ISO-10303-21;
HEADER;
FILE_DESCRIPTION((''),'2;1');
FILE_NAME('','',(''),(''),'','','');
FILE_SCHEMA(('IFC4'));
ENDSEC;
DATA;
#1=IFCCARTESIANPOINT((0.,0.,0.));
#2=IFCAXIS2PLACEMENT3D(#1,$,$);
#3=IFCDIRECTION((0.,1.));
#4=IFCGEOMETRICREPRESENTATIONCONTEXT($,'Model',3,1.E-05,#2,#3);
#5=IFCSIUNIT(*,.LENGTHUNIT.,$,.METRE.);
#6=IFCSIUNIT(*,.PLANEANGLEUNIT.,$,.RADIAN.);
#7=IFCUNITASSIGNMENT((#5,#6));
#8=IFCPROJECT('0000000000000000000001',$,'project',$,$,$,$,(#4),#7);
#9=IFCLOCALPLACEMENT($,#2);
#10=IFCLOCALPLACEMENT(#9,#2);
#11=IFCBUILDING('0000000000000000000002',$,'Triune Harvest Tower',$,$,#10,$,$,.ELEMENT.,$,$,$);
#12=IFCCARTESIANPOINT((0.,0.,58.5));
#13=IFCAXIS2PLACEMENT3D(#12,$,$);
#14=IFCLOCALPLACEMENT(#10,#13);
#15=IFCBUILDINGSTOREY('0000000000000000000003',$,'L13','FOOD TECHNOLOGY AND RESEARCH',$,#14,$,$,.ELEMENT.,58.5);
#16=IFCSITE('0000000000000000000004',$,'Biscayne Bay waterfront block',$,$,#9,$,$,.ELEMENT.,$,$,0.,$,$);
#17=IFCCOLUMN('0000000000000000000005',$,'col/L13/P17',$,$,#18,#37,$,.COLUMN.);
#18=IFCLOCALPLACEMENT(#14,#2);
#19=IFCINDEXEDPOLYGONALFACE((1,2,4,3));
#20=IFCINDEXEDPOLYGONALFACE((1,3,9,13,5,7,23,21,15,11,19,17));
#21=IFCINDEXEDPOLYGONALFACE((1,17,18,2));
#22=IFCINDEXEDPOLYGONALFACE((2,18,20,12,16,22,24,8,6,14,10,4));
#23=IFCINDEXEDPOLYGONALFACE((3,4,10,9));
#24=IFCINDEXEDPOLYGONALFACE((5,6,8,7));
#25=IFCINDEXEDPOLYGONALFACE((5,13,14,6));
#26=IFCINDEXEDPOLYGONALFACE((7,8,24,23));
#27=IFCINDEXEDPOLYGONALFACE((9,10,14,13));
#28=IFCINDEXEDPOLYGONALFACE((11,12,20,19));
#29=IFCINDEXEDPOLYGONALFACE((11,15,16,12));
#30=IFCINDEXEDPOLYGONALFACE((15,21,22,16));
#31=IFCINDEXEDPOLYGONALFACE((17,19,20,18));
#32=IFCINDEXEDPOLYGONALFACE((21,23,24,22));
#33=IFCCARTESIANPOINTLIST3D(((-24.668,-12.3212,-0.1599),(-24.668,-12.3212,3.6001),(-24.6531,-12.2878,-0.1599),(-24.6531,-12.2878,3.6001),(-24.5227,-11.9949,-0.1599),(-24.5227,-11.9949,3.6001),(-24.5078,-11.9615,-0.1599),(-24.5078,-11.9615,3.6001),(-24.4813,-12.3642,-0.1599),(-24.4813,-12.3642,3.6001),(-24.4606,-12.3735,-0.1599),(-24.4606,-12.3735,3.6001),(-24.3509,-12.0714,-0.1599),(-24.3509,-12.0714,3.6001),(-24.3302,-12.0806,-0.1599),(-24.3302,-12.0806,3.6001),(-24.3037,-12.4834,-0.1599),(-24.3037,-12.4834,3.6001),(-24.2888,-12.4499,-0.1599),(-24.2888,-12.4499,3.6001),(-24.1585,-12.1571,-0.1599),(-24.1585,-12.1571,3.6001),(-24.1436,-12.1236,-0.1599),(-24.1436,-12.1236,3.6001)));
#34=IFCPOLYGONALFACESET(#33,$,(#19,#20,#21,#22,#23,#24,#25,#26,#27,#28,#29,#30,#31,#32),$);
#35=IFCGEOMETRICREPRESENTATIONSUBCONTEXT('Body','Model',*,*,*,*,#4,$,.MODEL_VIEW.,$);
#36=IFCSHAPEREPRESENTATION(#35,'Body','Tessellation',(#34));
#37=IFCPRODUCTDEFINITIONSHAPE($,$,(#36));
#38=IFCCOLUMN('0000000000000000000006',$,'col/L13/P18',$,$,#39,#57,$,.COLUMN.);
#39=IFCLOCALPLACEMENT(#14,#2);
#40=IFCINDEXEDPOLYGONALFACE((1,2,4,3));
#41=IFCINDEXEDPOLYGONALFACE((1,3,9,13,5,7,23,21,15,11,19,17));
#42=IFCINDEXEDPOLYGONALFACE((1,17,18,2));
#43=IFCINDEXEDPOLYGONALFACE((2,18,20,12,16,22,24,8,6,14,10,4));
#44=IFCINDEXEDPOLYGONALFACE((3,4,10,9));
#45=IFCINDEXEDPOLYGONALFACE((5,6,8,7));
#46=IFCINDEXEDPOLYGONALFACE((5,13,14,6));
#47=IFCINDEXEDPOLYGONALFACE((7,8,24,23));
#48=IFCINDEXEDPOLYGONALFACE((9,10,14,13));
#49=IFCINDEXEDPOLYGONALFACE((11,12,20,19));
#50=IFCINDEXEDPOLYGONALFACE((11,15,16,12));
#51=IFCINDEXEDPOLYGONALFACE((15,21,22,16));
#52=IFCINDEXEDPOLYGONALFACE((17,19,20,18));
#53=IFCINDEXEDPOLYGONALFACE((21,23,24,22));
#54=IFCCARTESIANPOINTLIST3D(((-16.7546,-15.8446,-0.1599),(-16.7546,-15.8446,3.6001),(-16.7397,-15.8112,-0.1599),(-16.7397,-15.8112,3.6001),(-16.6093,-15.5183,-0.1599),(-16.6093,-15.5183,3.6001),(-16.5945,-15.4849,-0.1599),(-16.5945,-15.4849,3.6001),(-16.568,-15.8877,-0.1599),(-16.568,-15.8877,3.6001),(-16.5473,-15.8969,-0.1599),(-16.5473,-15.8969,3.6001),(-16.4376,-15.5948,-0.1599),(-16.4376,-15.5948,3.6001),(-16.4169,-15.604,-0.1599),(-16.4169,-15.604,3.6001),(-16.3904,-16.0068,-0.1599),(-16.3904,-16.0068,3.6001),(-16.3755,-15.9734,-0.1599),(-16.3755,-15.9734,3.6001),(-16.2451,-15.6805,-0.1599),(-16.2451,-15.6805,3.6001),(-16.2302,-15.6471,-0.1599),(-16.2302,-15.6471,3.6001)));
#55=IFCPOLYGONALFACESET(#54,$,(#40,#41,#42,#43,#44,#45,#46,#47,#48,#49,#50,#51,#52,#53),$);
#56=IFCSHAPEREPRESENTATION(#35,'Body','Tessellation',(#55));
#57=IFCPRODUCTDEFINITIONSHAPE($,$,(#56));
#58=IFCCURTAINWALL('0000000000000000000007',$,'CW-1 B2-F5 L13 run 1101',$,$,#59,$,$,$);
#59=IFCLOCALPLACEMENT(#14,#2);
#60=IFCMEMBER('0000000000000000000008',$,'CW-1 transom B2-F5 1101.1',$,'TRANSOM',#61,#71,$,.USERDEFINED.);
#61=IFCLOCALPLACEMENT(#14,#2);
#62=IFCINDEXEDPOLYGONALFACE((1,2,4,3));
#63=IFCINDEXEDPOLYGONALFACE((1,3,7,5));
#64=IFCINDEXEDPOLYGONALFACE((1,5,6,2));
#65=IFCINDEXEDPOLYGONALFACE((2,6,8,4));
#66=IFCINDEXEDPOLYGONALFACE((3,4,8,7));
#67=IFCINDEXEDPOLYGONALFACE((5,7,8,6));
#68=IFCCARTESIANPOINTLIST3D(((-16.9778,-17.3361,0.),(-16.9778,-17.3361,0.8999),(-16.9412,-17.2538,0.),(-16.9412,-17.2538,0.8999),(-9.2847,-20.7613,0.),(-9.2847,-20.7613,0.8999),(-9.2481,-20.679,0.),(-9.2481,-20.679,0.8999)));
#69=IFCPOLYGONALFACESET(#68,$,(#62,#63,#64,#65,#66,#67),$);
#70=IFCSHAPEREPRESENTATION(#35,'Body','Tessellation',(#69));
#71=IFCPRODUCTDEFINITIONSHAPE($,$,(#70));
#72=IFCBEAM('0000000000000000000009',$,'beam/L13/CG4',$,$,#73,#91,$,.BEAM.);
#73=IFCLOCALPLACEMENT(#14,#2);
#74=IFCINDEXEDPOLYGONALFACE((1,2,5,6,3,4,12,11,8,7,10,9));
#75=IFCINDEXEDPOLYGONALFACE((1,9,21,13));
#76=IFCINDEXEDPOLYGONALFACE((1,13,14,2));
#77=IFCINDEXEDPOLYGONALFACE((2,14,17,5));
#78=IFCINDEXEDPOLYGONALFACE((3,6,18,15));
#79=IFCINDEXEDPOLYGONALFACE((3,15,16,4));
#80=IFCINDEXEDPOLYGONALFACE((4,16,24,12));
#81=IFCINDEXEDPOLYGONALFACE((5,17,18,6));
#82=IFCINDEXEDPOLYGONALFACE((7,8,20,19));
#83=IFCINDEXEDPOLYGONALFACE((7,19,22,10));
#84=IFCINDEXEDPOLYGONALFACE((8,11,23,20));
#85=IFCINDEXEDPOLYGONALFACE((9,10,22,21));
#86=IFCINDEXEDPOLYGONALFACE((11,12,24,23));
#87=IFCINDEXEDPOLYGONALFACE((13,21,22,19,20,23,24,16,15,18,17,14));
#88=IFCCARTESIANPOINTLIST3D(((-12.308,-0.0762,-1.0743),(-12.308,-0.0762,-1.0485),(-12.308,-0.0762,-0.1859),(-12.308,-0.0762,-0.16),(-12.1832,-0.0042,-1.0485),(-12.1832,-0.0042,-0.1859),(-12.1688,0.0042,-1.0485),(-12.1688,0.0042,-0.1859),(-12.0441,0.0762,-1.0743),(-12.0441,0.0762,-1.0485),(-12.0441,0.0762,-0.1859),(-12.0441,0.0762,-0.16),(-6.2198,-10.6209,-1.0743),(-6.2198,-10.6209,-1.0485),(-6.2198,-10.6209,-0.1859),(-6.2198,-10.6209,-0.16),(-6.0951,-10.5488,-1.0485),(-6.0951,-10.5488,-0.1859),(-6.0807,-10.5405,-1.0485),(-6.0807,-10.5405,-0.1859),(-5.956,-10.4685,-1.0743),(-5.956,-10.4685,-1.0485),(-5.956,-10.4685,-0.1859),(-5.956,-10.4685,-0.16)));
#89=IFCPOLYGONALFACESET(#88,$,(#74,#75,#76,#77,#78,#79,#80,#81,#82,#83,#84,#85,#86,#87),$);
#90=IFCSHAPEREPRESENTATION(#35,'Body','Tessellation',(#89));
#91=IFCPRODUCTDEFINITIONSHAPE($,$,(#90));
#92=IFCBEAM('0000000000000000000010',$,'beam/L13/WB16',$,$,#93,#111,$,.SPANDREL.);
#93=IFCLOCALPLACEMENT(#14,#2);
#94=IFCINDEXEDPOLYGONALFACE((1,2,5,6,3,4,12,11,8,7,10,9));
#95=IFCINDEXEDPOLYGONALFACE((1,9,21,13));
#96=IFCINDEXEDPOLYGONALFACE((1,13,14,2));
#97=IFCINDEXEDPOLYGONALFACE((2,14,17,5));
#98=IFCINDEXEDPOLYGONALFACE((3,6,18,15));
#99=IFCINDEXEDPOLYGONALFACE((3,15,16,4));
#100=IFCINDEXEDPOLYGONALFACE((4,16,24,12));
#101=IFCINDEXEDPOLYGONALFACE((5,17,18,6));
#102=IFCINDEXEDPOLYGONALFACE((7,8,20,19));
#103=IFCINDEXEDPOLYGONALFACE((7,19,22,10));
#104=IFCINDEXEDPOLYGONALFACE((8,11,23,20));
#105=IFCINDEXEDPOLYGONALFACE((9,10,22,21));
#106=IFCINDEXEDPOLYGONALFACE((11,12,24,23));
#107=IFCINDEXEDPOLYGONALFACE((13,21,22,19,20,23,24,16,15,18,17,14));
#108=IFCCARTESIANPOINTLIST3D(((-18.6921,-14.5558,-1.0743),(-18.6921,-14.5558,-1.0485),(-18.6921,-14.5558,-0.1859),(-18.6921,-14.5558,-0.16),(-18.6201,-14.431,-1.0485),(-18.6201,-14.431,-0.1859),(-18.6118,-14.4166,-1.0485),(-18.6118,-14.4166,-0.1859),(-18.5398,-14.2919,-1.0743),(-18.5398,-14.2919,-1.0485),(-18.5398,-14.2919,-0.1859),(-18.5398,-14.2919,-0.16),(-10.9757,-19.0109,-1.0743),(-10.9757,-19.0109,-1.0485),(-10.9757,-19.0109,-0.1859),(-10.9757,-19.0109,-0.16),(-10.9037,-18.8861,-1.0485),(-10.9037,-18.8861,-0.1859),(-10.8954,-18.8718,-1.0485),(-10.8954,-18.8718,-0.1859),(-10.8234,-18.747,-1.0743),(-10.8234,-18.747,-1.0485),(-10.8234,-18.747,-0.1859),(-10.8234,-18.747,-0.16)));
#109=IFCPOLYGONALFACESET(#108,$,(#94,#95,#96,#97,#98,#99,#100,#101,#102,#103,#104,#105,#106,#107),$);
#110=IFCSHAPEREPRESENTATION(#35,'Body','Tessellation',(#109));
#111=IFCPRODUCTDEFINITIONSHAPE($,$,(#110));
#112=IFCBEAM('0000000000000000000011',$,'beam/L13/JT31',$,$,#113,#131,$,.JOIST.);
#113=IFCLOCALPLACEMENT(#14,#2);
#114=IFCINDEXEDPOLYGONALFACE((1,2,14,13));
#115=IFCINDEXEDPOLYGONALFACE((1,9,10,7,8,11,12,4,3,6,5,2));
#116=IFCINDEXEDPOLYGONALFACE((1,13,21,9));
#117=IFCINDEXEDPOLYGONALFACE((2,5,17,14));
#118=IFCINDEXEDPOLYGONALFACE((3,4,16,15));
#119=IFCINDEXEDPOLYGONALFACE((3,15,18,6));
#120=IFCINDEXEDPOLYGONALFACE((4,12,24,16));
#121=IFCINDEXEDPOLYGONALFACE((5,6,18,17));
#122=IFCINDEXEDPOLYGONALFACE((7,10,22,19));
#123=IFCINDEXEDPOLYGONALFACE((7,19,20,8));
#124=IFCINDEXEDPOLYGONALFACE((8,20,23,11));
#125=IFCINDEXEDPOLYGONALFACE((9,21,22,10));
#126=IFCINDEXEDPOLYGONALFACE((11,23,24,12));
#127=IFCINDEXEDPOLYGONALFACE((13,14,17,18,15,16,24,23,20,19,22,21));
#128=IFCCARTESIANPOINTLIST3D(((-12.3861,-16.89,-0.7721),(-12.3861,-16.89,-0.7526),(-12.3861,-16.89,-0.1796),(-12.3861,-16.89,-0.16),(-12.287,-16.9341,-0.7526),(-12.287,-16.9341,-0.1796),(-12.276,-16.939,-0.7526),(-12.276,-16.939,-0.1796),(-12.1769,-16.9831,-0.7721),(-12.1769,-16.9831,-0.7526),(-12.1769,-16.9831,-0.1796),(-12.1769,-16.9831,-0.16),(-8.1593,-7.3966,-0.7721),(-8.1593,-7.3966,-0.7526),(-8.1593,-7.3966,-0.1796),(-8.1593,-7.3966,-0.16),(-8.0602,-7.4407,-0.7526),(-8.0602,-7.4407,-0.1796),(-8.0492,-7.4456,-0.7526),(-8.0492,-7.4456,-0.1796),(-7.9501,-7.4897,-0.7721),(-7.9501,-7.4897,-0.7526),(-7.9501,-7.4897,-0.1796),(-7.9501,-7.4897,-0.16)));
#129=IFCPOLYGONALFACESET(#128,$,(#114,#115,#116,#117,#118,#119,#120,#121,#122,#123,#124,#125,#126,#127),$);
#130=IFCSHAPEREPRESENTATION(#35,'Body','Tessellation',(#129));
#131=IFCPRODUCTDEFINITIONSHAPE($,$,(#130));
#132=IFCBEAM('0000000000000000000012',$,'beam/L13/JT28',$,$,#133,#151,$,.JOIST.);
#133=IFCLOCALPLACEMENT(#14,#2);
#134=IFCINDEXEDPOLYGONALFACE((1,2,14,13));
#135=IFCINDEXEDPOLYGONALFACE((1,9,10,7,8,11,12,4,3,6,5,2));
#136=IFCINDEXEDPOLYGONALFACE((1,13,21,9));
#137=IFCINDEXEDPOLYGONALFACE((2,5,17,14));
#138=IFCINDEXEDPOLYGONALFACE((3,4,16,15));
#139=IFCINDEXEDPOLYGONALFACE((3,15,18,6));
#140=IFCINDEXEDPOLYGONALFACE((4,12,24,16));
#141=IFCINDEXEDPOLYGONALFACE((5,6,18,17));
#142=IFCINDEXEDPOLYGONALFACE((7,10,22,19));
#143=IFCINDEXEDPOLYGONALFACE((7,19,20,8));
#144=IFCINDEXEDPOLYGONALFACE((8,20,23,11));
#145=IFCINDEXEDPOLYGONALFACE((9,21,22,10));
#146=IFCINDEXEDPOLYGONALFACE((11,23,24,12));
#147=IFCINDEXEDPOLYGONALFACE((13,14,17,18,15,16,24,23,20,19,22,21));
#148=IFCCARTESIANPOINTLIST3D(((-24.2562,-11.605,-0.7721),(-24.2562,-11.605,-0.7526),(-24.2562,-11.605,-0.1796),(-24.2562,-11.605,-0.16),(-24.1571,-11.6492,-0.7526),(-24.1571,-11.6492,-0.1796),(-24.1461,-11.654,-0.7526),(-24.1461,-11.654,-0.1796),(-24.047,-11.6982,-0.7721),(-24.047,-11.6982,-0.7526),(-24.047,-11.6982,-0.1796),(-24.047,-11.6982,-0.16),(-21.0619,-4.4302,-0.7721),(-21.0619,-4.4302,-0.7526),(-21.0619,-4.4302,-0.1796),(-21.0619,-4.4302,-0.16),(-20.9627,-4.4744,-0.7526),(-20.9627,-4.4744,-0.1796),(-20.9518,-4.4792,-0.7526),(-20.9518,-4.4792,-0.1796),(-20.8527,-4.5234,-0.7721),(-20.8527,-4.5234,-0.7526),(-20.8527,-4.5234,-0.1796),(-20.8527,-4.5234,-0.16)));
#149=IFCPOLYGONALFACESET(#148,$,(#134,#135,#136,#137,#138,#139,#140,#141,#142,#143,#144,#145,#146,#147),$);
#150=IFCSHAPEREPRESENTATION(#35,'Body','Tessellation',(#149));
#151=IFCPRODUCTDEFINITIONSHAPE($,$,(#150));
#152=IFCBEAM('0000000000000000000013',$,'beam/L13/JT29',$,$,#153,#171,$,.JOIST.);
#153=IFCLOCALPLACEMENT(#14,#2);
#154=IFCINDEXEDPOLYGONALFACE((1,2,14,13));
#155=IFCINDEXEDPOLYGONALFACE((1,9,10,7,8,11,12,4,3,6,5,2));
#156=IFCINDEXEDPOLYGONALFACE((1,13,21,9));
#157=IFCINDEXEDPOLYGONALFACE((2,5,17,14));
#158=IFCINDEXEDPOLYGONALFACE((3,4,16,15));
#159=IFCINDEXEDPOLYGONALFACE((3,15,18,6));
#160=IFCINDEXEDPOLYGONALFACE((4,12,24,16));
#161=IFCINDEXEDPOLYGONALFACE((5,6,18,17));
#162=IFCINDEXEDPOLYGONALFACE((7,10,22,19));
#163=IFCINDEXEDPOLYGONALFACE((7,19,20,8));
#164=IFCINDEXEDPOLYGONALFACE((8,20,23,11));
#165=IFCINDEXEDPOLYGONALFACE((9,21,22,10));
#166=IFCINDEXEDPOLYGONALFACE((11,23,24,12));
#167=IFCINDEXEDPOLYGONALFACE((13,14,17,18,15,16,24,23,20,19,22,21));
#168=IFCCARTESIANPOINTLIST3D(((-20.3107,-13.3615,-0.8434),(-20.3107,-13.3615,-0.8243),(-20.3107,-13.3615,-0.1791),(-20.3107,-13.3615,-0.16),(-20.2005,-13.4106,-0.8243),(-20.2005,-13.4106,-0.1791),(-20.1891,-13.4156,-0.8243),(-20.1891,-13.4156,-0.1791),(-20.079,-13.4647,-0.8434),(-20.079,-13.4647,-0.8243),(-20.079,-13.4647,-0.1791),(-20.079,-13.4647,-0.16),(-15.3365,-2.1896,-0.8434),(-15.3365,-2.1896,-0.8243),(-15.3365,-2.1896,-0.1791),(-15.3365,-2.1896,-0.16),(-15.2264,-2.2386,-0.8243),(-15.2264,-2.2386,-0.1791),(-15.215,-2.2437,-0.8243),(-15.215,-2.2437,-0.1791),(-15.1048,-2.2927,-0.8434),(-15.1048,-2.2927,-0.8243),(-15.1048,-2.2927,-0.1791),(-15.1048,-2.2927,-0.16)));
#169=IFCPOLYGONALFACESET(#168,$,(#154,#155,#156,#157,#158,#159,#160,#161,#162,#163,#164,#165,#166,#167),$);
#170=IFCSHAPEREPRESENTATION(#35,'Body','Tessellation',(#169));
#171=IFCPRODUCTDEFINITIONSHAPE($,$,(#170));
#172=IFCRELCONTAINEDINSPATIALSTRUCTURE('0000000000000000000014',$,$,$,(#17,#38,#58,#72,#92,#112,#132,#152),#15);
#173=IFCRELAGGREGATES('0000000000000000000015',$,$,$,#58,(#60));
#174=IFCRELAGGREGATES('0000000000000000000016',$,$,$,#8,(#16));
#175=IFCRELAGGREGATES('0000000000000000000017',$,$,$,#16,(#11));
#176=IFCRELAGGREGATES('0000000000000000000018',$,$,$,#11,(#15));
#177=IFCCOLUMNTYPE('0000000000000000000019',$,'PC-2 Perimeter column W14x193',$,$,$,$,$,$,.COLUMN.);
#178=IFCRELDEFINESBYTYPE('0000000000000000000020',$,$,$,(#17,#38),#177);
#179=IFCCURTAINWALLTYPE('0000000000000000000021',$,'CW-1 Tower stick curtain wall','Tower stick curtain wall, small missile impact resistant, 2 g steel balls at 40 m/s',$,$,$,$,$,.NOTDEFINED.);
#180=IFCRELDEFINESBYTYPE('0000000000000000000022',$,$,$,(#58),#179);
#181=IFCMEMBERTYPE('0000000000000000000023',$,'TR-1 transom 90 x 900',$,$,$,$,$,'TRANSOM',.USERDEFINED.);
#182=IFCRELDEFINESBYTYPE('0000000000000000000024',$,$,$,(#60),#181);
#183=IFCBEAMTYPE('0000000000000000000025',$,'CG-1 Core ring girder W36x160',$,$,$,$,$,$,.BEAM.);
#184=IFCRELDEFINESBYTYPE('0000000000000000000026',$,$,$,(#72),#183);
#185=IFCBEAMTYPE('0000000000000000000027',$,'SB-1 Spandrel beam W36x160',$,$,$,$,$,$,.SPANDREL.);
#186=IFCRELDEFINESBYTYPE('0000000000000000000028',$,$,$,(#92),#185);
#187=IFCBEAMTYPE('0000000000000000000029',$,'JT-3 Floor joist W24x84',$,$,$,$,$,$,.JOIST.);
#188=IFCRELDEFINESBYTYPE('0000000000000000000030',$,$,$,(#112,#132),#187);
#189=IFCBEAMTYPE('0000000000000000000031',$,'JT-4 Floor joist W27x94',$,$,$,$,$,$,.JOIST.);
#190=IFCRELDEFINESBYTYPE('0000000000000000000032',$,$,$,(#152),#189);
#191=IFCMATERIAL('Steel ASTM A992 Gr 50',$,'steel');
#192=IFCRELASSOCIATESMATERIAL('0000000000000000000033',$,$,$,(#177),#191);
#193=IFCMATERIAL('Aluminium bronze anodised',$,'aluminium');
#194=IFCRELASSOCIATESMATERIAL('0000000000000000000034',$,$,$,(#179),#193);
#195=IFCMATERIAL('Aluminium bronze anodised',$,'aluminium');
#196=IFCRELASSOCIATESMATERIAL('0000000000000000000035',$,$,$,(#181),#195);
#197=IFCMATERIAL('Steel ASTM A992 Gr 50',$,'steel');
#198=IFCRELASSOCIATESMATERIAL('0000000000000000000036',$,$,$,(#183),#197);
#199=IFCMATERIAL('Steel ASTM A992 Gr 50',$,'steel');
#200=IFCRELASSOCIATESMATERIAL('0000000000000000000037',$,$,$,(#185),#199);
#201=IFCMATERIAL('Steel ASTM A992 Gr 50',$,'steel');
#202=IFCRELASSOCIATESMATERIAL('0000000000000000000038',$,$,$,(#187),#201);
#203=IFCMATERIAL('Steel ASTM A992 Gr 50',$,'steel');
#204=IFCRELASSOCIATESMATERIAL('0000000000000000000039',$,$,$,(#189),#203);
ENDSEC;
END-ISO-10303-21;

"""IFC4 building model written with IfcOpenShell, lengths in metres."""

from ifc_helpers import new_model, si_unit, direction, frame, origin, origin_2d, place, context, subcontext, project, spatial, rectangle, i_section, extrude, source, transform, mapped, material, material_profile, profile_set, type_object, element, aggregate, save


model = new_model("IFC4")

# Units and contexts
model_context = context("Model", 3, precision=1e-05, world=origin(), true_north=direction((0.0, 1.0)))
body_context = subcontext(model_context, "Body", "Model", "MODEL_VIEW")
ifc_project = project(units=[si_unit("LENGTHUNIT", "METRE"), si_unit("PLANEANGLEUNIT", "RADIAN")], contexts=[model_context])

# Site, building, storey
site_placement = place(None, origin())
site = spatial("IfcSite", under=ifc_project, at=site_placement, Name="Biscayne Bay waterfront block", CompositionType="ELEMENT", RefElevation=0.0)
building_placement = place(site_placement, origin())
building = spatial("IfcBuilding", under=site, at=building_placement, Name="Triune Harvest Tower", CompositionType="ELEMENT")
storey_placement = place(building_placement, frame((0.0, 0.0, 58.5)))
storey = spatial("IfcBuildingStorey", under=building, at=storey_placement, Name="L13", Description="FOOD TECHNOLOGY AND RESEARCH", CompositionType="ELEMENT", Elevation=58.5)

# Columns
ifc_material_1 = material(Name="Steel ASTM A992 Gr 50", Category="steel")
ifc_material_profile_1 = material_profile(ifc_material_1, i_section(OverallWidth=0.3987, OverallDepth=0.3938, WebThickness=0.0227, FlangeThickness=0.0366, at=origin_2d()), Name="W14x193")
ifc_profile_set_1 = profile_set([ifc_material_profile_1], Name="Steel ASTM A992 Gr 50")
column_type = type_object("IfcColumnType", Name="PC-2 Perimeter column W14x193", PredefinedType="COLUMN", material=ifc_profile_set_1)
shared_shape_1 = source(origin(), body_context, "Body", "SweptSolid", [
    extrude(i_section(OverallWidth=0.3987, OverallDepth=0.3938, WebThickness=0.0227, FlangeThickness=0.0366, at=origin_2d()), origin(), (0.0, 0.0, 1.0), 3.76),
])
for number, where, z_axis, x_axis, name in (
    (1, (-24.4058, -12.2224, -0.1599), (0.0, 0.0, 1.0), (0.913545, -0.406737, 0.0), "col/L13/P17"),
    (2, (-16.4924, -15.7458, -0.1599), (0.0, 0.0, 1.0), (0.913545, -0.406737, 0.0), "col/L13/P18"),
):
    element("IfcColumn", number, at=place(storey_placement, frame(where, z_axis=z_axis, x_axis=x_axis)), inside=storey, type_object=column_type, Name=name, PredefinedType="COLUMN", context=body_context, shape_type="MappedRepresentation", body=[
        mapped(shared_shape_1, transform((0.0, 0.0, 0.0), scale=1.0)),
    ])

# Curtain wall, member
ifc_material_2 = material(Name="Aluminium bronze anodised", Category="aluminium")
curtain_wall_type_1 = type_object("IfcCurtainWallType", Name="CW-1 Tower stick curtain wall", Description="Tower stick curtain wall, small missile impact resistant, 2 g steel balls at 40 m/s", PredefinedType="NOTDEFINED", material=ifc_material_2)
curtain_wall_1_placement = place(storey_placement, origin())
curtain_wall_1 = element("IfcCurtainWall", 3, at=curtain_wall_1_placement, inside=storey, type_object=curtain_wall_type_1, Name="CW-1 B2-F5 L13 run 1101")
ifc_material_3 = material(Name="Aluminium bronze anodised", Category="aluminium")
ifc_material_profile_2 = material_profile(ifc_material_3, rectangle(XDim=0.0901, YDim=0.8999, at=origin_2d()), Name="TR-1 transom 90 x 900")
ifc_profile_set_2 = profile_set([ifc_material_profile_2], Name="Aluminium bronze anodised")
member_type_1 = type_object("IfcMemberType", Name="TR-1 transom 90 x 900", ElementType="TRANSOM", PredefinedType="USERDEFINED", material=ifc_profile_set_2)
member_1_placement = place(storey_placement, frame((-16.9595, -17.2949, 0.45), z_axis=(0.913541, -0.406746, 0.0), x_axis=(0.406746, 0.913541, 0.0)))
member_1 = element("IfcMember", 4, at=member_1_placement, type_object=member_type_1, Name="CW-1 transom B2-F5 1101.1", ObjectType="TRANSOM", PredefinedType="USERDEFINED", context=body_context, shape_type="SweptSolid", body=[
    extrude(rectangle(XDim=0.0901, YDim=0.8999, at=origin_2d()), origin(), (0.0, 0.0, 1.0), 8.4211),
])

# Beams
ifc_material_4 = material(Name="Steel ASTM A992 Gr 50", Category="steel")
ifc_material_profile_3 = material_profile(ifc_material_4, i_section(OverallWidth=0.3047, OverallDepth=0.9143, WebThickness=0.0166, FlangeThickness=0.0259, at=origin_2d()), Name="W36x160")
ifc_profile_set_3 = profile_set([ifc_material_profile_3], Name="Steel ASTM A992 Gr 50")
beam_type_1 = type_object("IfcBeamType", Name="CG-1 Core ring girder W36x160", PredefinedType="BEAM", material=ifc_profile_set_3)
shared_shape_2 = source(origin(), body_context, "Body", "SweptSolid", [
    extrude(i_section(OverallWidth=0.3047, OverallDepth=0.9143, WebThickness=0.0166, FlangeThickness=0.0259, at=origin_2d()), origin(), (0.0, 0.0, 1.0), 12.176),
])
beam_1_placement = place(storey_placement, frame((-12.176, 0.0, -0.6172), z_axis=(0.50001, -0.86602, 0.0), x_axis=(0.86602, 0.50001, 0.0)))
element("IfcBeam", 5, at=beam_1_placement, inside=storey, type_object=beam_type_1, Name="beam/L13/CG4", PredefinedType="BEAM", context=body_context, shape_type="MappedRepresentation", body=[
    mapped(shared_shape_2, transform((0.0, 0.0, 0.0), scale=1.0)),
])
ifc_material_5 = material(Name="Steel ASTM A992 Gr 50", Category="steel")
ifc_material_profile_4 = material_profile(ifc_material_5, i_section(OverallWidth=0.3047, OverallDepth=0.9143, WebThickness=0.0166, FlangeThickness=0.0259, at=origin_2d()), Name="W36x160")
ifc_profile_set_4 = profile_set([ifc_material_profile_4], Name="Steel ASTM A992 Gr 50")
beam_type_2 = type_object("IfcBeamType", Name="SB-1 Spandrel beam W36x160", PredefinedType="SPANDREL", material=ifc_profile_set_4)
shared_shape_3 = source(origin(), body_context, "Body", "SweptSolid", [
    extrude(i_section(OverallWidth=0.3047, OverallDepth=0.9143, WebThickness=0.0166, FlangeThickness=0.0259, at=origin_2d()), origin(), (0.0, 0.0, 1.0), 8.9102),
])
beam_2_placement = place(storey_placement, frame((-18.616, -14.4238, -0.6172), z_axis=(0.866022, -0.500005, 0.0), x_axis=(0.500005, 0.866022, 0.0)))
element("IfcBeam", 6, at=beam_2_placement, inside=storey, type_object=beam_type_2, Name="beam/L13/WB16", PredefinedType="SPANDREL", context=body_context, shape_type="MappedRepresentation", body=[
    mapped(shared_shape_3, transform((0.0, 0.0, 0.0), scale=1.0)),
])
ifc_material_6 = material(Name="Steel ASTM A992 Gr 50", Category="steel")
ifc_material_profile_5 = material_profile(ifc_material_6, i_section(OverallWidth=0.229, OverallDepth=0.6121, WebThickness=0.012, FlangeThickness=0.0195, at=origin_2d()), Name="W24x84")
ifc_profile_set_5 = profile_set([ifc_material_profile_5], Name="Steel ASTM A992 Gr 50")
beam_type_3 = type_object("IfcBeamType", Name="JT-3 Floor joist W24x84", PredefinedType="JOIST", material=ifc_profile_set_5)
shared_shape_4 = source(origin(), body_context, "Body", "SweptSolid", [
    extrude(i_section(OverallWidth=0.229, OverallDepth=0.6121, WebThickness=0.012, FlangeThickness=0.0195, at=origin_2d()), origin(), (0.0, 0.0, 1.0), 10.3918),
])
beam_3_placement = place(storey_placement, frame((-12.2815, -16.9365, -0.4661), z_axis=(0.406742, 0.913543, 0.0), x_axis=(-0.913543, 0.406742, 0.0)))
element("IfcBeam", 7, at=beam_3_placement, inside=storey, type_object=beam_type_3, Name="beam/L13/JT31", PredefinedType="JOIST", context=body_context, shape_type="MappedRepresentation", body=[
    mapped(shared_shape_4, transform((0.0, 0.0, 0.0), scale=1.0)),
])
shared_shape_5 = source(origin(), body_context, "Body", "SweptSolid", [
    extrude(i_section(OverallWidth=0.229, OverallDepth=0.6121, WebThickness=0.012, FlangeThickness=0.0195, at=origin_2d()), origin(), (0.0, 0.0, 1.0), 7.8538),
])
beam_4_placement = place(storey_placement, frame((-24.1516, -11.6516, -0.4661), z_axis=(0.406727, 0.91355, 0.0), x_axis=(-0.91355, 0.406727, 0.0)))
element("IfcBeam", 8, at=beam_4_placement, inside=storey, type_object=beam_type_3, Name="beam/L13/JT28", PredefinedType="JOIST", context=body_context, shape_type="MappedRepresentation", body=[
    mapped(shared_shape_5, transform((0.0, 0.0, 0.0), scale=1.0)),
])
ifc_material_7 = material(Name="Steel ASTM A992 Gr 50", Category="steel")
ifc_material_profile_6 = material_profile(ifc_material_7, i_section(OverallWidth=0.2537, OverallDepth=0.6833, WebThickness=0.0125, FlangeThickness=0.019, at=origin_2d()), Name="W27x94")
ifc_profile_set_6 = profile_set([ifc_material_profile_6], Name="Steel ASTM A992 Gr 50")
beam_type_4 = type_object("IfcBeamType", Name="JT-4 Floor joist W27x94", PredefinedType="JOIST", material=ifc_profile_set_6)
shared_shape_6 = source(origin(), body_context, "Body", "SweptSolid", [
    extrude(i_section(OverallWidth=0.2537, OverallDepth=0.6833, WebThickness=0.0125, FlangeThickness=0.019, at=origin_2d()), origin(), (0.0, 0.0, 1.0), 12.2292),
])
beam_5_placement = place(storey_placement, frame((-20.1948, -13.4131, -0.5017), z_axis=(0.406742, 0.913543, 0.0), x_axis=(-0.913543, 0.406742, 0.0)))
element("IfcBeam", 9, at=beam_5_placement, inside=storey, type_object=beam_type_4, Name="beam/L13/JT29", PredefinedType="JOIST", context=body_context, shape_type="MappedRepresentation", body=[
    mapped(shared_shape_6, transform((0.0, 0.0, 0.0), scale=1.0)),
])

aggregate(curtain_wall_1, [member_1])

save(model, "model.ifc")
